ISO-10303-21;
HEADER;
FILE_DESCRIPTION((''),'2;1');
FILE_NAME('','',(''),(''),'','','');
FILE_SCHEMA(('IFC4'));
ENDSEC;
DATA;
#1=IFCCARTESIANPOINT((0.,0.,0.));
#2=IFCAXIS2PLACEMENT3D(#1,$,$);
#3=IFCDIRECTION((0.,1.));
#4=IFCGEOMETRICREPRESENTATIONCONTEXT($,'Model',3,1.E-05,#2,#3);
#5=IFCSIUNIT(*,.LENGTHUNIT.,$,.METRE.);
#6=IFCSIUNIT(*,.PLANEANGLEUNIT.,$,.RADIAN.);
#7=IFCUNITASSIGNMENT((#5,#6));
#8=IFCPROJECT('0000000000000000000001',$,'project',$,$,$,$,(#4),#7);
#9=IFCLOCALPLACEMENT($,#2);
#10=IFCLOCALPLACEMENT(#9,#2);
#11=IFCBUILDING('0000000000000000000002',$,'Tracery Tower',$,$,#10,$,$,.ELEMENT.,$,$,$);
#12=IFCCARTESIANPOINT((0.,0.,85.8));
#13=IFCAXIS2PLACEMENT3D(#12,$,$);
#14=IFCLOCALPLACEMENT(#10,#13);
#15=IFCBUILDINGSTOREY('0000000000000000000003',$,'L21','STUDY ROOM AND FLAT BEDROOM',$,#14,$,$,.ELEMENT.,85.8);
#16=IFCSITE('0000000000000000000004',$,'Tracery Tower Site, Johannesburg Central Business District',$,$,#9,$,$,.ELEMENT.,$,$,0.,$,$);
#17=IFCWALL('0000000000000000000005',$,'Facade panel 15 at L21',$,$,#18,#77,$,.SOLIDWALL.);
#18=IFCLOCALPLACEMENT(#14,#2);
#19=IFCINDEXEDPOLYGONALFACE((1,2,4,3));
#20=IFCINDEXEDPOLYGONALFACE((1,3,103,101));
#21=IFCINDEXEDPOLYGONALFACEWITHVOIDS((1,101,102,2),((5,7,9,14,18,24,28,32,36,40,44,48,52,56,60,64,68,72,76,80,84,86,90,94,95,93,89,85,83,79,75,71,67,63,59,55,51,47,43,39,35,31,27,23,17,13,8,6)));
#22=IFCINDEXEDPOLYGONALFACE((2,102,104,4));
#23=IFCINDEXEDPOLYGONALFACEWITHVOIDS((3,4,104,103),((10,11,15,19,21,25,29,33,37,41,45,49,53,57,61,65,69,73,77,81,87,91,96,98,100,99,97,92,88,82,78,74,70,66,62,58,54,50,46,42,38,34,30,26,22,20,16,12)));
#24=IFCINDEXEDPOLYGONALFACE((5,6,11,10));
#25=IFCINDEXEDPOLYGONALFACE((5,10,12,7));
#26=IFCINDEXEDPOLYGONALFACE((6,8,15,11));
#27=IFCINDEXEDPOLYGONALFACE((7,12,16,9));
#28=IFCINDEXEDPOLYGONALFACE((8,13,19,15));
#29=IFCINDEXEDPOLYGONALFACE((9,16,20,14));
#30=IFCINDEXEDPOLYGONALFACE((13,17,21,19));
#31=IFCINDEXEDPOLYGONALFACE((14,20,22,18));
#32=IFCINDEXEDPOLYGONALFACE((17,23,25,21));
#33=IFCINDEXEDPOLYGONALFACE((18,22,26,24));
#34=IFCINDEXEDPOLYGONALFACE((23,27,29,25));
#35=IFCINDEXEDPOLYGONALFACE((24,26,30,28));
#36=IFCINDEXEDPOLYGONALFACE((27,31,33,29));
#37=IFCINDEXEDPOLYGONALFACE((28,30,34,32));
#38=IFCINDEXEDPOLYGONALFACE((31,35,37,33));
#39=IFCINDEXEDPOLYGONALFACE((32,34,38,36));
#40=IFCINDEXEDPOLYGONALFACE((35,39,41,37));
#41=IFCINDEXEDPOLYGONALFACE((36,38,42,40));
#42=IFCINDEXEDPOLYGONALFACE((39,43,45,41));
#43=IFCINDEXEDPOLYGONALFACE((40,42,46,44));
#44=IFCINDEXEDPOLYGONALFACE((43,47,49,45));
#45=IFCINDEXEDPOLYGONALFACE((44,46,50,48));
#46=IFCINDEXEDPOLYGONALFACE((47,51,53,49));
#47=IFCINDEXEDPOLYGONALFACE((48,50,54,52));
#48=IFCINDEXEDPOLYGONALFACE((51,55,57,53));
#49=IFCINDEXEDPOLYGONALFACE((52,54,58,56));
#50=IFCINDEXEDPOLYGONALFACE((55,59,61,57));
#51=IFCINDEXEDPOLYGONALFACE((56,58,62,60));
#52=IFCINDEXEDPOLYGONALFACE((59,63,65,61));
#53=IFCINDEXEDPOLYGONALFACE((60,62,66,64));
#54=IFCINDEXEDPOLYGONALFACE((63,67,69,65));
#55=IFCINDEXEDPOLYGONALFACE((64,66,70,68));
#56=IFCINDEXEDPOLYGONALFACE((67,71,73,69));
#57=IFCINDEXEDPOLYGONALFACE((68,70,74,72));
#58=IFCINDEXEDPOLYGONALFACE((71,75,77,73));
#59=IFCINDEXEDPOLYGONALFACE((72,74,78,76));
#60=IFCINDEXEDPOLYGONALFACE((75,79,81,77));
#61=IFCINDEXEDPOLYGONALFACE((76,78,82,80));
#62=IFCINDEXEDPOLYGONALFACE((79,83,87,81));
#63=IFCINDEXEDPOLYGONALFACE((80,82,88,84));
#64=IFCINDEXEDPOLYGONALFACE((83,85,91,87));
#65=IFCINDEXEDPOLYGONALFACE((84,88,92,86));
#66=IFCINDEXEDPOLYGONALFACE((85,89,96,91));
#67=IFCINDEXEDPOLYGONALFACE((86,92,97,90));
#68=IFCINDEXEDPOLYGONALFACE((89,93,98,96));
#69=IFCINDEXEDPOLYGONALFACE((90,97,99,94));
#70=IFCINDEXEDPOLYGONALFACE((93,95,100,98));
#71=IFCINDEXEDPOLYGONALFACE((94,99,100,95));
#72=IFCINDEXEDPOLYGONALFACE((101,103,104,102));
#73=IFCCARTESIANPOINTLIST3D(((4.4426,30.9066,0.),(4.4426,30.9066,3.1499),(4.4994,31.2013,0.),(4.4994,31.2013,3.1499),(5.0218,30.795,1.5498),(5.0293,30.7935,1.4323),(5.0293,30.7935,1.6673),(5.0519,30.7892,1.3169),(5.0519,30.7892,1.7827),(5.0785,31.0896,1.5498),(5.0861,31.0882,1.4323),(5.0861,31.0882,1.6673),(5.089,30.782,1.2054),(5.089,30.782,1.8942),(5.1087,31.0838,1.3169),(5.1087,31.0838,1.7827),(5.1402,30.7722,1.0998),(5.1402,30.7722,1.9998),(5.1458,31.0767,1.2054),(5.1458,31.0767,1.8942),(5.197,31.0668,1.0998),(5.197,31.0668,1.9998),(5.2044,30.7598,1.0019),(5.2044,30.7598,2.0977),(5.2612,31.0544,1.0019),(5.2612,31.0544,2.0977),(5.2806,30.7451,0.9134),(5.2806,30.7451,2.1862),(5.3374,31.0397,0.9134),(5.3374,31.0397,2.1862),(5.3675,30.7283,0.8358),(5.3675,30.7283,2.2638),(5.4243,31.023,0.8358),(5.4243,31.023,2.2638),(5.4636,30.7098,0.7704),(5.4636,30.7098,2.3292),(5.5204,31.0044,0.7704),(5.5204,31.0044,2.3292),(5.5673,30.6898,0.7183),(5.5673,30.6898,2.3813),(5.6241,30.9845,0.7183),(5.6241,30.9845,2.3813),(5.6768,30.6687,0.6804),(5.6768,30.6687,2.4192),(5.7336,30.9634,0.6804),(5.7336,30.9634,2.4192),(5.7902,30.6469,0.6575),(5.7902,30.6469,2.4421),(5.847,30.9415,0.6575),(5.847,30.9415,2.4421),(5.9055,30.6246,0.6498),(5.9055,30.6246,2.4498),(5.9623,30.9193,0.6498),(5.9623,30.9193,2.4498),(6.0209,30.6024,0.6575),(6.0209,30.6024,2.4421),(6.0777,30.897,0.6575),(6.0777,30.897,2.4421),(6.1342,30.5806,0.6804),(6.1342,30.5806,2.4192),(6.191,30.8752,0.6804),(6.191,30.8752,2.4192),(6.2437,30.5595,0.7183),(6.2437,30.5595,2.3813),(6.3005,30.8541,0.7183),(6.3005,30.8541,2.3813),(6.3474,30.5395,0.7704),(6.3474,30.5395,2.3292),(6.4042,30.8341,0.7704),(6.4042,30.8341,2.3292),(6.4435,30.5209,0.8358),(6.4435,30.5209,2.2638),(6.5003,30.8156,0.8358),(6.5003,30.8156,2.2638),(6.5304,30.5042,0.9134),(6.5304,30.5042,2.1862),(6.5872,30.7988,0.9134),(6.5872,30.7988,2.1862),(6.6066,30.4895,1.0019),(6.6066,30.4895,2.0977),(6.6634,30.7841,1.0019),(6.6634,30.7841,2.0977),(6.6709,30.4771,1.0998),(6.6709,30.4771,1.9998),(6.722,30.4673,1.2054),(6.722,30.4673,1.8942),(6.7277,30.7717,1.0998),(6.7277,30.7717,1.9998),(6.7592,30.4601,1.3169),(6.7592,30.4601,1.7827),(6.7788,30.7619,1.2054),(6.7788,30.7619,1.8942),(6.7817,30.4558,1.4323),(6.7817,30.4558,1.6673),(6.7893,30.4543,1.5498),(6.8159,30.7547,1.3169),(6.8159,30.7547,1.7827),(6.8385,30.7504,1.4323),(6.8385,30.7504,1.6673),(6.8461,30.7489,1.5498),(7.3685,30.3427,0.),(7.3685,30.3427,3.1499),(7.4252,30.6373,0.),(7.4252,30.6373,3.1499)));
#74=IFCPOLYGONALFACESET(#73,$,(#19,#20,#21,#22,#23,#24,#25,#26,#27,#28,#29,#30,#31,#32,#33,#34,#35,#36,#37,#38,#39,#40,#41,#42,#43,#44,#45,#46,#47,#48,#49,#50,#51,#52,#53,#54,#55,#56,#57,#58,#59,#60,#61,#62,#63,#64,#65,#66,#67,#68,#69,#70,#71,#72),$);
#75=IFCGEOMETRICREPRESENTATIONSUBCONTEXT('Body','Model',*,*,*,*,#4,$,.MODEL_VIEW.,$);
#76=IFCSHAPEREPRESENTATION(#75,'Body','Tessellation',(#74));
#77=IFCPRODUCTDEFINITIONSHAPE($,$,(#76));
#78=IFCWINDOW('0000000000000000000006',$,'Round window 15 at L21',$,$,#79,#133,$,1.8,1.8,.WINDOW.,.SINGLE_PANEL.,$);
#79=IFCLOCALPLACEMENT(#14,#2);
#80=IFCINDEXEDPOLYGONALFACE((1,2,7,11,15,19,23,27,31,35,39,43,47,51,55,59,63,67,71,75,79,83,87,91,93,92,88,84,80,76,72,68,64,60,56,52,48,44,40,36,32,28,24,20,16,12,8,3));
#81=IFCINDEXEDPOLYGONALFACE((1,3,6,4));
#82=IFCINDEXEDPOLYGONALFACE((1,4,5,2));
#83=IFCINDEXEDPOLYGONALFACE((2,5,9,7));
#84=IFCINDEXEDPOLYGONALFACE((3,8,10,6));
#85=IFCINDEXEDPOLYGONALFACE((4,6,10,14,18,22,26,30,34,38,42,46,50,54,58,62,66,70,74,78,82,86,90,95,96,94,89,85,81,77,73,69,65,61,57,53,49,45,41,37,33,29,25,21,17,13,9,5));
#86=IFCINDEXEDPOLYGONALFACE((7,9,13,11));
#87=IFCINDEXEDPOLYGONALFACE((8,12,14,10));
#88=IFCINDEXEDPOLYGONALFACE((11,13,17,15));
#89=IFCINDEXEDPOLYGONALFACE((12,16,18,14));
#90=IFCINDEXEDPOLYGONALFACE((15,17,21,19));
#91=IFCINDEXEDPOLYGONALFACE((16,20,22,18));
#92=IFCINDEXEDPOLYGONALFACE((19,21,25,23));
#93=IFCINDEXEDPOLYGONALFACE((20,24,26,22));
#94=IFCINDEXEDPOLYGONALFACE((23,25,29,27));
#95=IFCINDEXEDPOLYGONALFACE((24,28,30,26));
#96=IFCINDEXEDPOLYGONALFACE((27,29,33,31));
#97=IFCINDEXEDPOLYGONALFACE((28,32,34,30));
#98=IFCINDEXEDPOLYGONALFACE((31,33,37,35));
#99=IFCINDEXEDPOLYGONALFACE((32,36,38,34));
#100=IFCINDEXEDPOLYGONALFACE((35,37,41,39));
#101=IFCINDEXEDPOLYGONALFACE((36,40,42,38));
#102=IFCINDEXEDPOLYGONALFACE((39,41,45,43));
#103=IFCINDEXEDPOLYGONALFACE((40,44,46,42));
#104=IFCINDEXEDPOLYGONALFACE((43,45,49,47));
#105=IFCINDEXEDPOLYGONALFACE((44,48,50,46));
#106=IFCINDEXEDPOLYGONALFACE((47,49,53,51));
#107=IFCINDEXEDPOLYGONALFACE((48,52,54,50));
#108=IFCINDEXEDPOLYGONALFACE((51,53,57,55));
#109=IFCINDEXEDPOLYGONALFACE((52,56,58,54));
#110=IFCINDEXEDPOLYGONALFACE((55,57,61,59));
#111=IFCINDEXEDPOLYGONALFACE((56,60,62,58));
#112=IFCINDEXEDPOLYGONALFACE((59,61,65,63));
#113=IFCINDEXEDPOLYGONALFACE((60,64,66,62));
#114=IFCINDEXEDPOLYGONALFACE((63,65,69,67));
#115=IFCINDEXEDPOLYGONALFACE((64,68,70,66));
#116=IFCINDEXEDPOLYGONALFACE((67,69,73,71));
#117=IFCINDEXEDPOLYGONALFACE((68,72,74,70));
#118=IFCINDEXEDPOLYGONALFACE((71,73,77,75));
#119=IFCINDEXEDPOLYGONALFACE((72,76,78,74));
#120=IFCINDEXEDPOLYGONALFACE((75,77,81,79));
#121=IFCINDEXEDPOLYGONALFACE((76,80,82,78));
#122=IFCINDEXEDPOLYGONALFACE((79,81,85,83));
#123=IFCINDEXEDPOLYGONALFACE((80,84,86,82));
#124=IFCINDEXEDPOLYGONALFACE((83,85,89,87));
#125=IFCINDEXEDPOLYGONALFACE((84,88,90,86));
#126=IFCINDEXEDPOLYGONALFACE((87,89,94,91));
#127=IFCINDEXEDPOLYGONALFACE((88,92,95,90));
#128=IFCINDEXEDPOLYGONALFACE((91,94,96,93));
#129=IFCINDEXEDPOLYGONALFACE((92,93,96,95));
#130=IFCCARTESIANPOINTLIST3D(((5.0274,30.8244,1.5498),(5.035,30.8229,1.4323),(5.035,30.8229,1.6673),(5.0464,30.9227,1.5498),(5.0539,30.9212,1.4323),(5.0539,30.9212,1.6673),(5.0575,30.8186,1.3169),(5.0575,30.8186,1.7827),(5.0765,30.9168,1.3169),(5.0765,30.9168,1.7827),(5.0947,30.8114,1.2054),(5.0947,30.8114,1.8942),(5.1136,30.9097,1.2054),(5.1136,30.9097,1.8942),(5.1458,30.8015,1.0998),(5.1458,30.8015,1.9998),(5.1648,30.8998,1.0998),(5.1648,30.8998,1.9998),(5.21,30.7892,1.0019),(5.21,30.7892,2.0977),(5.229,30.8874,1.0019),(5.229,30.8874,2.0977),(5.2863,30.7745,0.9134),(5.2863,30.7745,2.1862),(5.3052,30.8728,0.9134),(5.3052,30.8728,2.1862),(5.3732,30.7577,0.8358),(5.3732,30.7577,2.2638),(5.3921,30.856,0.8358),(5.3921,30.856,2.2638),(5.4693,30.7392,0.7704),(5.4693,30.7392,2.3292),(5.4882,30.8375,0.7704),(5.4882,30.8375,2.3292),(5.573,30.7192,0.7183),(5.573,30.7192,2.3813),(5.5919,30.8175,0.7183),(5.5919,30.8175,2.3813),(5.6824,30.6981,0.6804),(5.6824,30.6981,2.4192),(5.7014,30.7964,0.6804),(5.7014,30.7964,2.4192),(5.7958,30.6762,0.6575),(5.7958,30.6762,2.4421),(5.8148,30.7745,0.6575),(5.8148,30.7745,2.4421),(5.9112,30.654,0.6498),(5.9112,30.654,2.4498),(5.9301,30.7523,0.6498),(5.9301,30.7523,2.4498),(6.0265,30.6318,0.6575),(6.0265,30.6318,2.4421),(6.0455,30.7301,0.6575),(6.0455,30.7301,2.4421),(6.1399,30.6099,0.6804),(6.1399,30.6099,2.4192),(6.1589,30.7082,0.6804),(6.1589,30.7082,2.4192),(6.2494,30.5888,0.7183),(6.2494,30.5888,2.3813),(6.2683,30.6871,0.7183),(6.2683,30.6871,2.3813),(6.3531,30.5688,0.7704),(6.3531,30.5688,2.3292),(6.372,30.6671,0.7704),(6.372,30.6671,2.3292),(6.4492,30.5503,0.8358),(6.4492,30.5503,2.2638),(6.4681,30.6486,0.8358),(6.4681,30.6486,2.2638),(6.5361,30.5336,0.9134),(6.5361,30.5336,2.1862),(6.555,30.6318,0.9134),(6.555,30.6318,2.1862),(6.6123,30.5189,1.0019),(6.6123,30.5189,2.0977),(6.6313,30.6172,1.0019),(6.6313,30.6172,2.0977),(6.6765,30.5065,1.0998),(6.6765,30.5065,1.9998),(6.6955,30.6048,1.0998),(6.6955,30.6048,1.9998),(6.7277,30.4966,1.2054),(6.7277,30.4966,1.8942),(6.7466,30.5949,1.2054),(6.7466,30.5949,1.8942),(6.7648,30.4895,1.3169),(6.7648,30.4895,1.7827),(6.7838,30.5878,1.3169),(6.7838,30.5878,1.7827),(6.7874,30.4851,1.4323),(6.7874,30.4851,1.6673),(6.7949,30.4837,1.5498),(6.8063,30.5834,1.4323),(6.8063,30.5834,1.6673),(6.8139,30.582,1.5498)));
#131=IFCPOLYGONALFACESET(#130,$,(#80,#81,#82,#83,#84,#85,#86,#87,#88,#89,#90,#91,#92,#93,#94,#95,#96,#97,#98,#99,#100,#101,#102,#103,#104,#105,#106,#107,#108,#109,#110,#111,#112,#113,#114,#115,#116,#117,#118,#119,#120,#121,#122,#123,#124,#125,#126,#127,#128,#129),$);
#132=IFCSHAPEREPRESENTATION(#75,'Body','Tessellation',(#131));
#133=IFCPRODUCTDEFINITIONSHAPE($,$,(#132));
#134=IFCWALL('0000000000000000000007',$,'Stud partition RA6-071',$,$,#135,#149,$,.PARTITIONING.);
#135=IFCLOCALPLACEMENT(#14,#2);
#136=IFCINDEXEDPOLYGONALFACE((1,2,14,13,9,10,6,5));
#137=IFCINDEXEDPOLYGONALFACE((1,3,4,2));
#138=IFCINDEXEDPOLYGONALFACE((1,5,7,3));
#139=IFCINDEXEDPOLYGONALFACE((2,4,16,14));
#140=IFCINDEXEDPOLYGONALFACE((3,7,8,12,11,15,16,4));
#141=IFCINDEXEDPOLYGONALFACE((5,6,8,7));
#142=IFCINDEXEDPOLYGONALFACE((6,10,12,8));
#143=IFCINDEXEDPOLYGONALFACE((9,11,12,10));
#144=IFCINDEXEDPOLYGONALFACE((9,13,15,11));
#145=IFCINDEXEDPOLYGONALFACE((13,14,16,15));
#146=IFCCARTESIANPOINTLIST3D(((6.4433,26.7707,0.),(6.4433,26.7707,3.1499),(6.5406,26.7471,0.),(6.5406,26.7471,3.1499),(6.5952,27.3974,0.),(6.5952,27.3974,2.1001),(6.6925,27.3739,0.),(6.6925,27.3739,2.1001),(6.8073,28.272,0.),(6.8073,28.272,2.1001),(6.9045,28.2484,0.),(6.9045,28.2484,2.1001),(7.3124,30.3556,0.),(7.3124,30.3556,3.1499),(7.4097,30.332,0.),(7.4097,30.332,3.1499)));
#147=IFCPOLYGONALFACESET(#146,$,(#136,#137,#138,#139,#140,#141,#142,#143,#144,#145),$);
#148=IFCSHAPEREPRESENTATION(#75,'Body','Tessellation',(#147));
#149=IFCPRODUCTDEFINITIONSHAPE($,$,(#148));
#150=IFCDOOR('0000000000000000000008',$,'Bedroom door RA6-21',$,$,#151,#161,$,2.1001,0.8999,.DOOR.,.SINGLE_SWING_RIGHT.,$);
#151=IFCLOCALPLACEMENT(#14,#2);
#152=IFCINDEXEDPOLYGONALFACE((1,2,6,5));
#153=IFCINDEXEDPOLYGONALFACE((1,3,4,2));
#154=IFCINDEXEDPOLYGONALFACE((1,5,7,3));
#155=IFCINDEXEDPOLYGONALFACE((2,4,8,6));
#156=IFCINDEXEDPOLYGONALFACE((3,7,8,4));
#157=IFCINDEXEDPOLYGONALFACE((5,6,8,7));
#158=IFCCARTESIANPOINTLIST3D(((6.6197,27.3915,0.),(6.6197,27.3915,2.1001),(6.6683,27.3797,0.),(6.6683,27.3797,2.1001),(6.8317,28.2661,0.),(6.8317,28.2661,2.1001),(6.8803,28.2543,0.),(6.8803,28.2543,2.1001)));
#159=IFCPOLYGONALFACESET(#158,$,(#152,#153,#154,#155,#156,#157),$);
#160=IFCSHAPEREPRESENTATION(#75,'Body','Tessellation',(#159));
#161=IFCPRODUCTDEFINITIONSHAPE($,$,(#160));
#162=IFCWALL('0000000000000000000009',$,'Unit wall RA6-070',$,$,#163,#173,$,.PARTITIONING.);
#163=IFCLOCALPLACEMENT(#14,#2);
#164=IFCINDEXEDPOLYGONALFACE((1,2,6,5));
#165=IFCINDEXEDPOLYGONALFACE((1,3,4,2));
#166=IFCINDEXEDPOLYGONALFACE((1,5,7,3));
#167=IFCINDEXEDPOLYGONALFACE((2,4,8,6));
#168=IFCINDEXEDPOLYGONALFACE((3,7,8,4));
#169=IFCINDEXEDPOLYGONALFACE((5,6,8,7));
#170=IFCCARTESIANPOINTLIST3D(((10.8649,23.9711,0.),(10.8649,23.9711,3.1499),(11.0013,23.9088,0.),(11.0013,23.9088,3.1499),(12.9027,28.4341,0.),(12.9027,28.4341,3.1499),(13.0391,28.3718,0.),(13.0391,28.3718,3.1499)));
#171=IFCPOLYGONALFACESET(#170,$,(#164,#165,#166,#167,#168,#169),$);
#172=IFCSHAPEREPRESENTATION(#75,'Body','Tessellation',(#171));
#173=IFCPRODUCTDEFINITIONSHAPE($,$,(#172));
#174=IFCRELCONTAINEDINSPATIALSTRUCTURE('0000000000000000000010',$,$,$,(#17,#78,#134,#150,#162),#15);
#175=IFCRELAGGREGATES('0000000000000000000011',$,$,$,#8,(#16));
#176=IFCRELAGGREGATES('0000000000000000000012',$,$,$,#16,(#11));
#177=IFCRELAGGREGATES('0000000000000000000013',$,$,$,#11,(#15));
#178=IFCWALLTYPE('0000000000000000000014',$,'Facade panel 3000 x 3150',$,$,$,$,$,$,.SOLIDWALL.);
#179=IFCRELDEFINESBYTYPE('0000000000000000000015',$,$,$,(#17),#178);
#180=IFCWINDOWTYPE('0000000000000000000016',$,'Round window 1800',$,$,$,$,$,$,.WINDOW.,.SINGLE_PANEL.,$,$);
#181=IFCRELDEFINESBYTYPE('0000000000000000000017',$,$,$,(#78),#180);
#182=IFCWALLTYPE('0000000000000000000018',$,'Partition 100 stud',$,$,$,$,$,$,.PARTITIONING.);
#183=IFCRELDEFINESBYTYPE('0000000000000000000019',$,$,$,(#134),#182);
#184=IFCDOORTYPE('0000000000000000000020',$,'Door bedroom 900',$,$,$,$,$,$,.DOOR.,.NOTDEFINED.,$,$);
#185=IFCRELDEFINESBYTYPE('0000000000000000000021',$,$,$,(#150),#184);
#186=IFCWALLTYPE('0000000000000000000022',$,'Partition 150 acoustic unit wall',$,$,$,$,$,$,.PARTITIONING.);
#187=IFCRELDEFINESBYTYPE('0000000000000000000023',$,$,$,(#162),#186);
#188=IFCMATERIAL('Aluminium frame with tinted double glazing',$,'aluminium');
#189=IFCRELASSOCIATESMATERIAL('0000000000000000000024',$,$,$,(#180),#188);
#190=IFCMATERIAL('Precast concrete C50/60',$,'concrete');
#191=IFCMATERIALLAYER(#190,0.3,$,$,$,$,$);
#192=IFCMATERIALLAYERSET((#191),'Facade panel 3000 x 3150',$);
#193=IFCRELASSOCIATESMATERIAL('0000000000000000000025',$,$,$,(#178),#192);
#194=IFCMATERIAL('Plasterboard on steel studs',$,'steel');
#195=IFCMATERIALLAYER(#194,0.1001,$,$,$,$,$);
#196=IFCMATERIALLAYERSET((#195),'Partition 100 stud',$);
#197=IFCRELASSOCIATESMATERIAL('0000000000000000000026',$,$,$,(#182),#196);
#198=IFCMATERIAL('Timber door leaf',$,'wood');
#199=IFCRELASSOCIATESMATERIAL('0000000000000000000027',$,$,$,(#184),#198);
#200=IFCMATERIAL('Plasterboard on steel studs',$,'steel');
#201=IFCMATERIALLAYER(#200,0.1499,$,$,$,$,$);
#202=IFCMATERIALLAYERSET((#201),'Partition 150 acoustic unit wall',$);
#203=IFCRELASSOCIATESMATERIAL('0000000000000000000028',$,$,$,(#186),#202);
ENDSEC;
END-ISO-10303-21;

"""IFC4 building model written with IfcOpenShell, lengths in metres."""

from ifc_helpers import new_model, si_unit, direction, frame, frame_2d, origin, origin_2d, place, context, subcontext, project, spatial, rectangle, circle, extrude, material, layer, layer_set, type_object, element, fill, save


model = new_model("IFC4")

# Units and contexts
model_context = context("Model", 3, precision=1e-05, world=origin(), true_north=direction((0.0, 1.0)))
body_context = subcontext(model_context, "Body", "Model", "MODEL_VIEW")
ifc_project = project(units=[si_unit("LENGTHUNIT", "METRE"), si_unit("PLANEANGLEUNIT", "RADIAN")], contexts=[model_context])

# Site, building, storey
site_placement = place(None, origin())
site = spatial("IfcSite", under=ifc_project, at=site_placement, Name="Tracery Tower Site, Johannesburg Central Business District", CompositionType="ELEMENT", RefElevation=0.0)
building_placement = place(site_placement, origin())
building = spatial("IfcBuilding", under=site, at=building_placement, Name="Tracery Tower", CompositionType="ELEMENT")
storey_placement = place(building_placement, frame((0.0, 0.0, 85.8)))
storey = spatial("IfcBuildingStorey", under=building, at=storey_placement, Name="L21", Description="STUDY ROOM AND FLAT BEDROOM", CompositionType="ELEMENT", Elevation=85.8)

# Wall, opening, window
ifc_material_1 = material(Name="Aluminium frame with tinted double glazing", Category="aluminium")
window_type = type_object("IfcWindowType", Name="Round window 1800", PartitioningType="SINGLE_PANEL", PredefinedType="WINDOW", material=ifc_material_1)
ifc_material_2 = material(Name="Precast concrete C50/60", Category="concrete")
ifc_layer_1 = layer(ifc_material_2, 0.3)
ifc_layer_set_1 = layer_set([ifc_layer_1], Name="Facade panel 3000 x 3150")
wall_type_1 = type_object("IfcWallType", Name="Facade panel 3000 x 3150", PredefinedType="SOLIDWALL", material=ifc_layer_set_1)
wall_1_placement = place(storey_placement, frame((7.3967, 30.49, 0.0), z_axis=(0.0, 0.0, 1.0), x_axis=(-0.981925, 0.189273, 0.0)))
wall_1 = element("IfcWall", 1, at=wall_1_placement, inside=storey, type_object=wall_type_1, Name="Facade panel 15 at L21", PredefinedType="SOLIDWALL", context=body_context, shape_type="SweptSolid", body=[
    extrude(rectangle(XDim=2.9797, YDim=0.3, at=frame_2d((1.4897, 0.0))), origin(), (0.0, 0.0, 1.0), 3.1499),
])
opening_1_placement = place(wall_1_placement, frame((1.4897, 0.0, 1.5498)))
opening_1 = element("IfcOpeningElement", 2, at=opening_1_placement, cuts=wall_1, PredefinedType="OPENING", context=body_context, shape_type="SweptSolid", body=[
    extrude(circle(Radius=0.9, at=origin_2d()), frame((0.0, 0.1599, 0.0), z_axis=(0.0, -1.0, 0.0), x_axis=(1.0, 0.0, 0.0)), (0.0, 0.0, 1.0), 0.3201),
])
window_1_placement = place(opening_1_placement, origin())
window_1 = element("IfcWindow", 3, at=window_1_placement, inside=storey, type_object=window_type, Name="Round window 15 at L21", OverallHeight=1.8, OverallWidth=1.8, PartitioningType="SINGLE_PANEL", PredefinedType="WINDOW", context=body_context, shape_type="SweptSolid", body=[
    extrude(circle(Radius=0.9, at=origin_2d()), frame((0.0, 0.1201, 0.0), z_axis=(0.0, -1.0, 0.0), x_axis=(1.0, 0.0, 0.0)), (0.0, 0.0, 1.0), 0.1001),
])
fill(opening_1, window_1)

# Wall, opening, door
ifc_material_3 = material(Name="Plasterboard on steel studs", Category="steel")
ifc_layer_2 = layer(ifc_material_3, 0.1001)
ifc_layer_set_2 = layer_set([ifc_layer_2], Name="Partition 100 stud")
wall_type_2 = type_object("IfcWallType", Name="Partition 100 stud", PredefinedType="PARTITIONING", material=ifc_layer_set_2)
wall_2_placement = place(storey_placement, frame((6.4919, 26.759, 0.0), z_axis=(0.0, 0.0, 1.0), x_axis=(0.235615, 0.971846, 0.0)))
wall_2 = element("IfcWall", 4, at=wall_2_placement, inside=storey, type_object=wall_type_2, Name="Stud partition RA6-071", PredefinedType="PARTITIONING", context=body_context, shape_type="SweptSolid", body=[
    extrude(rectangle(XDim=3.6887, YDim=0.1001, at=frame_2d((1.8442, 0.0))), origin(), (0.0, 0.0, 1.0), 3.1499),
])
opening_2_placement = place(wall_2_placement, frame((0.6448, 0.0, 0.0)))
opening_2 = element("IfcOpeningElement", 5, at=opening_2_placement, cuts=wall_2, PredefinedType="OPENING", context=body_context, shape_type="SweptSolid", body=[
    extrude(rectangle(XDim=0.8999, YDim=2.1001, at=frame_2d((0.45, 1.05))), frame((0.0, 0.05, 0.0), z_axis=(0.0, -1.0, 0.0), x_axis=(1.0, 0.0, 0.0)), (0.0, 0.0, 1.0), 0.1001),
])
ifc_material_4 = material(Name="Timber door leaf", Category="wood")
door_type_1 = type_object("IfcDoorType", Name="Door bedroom 900", OperationType="NOTDEFINED", PredefinedType="DOOR", material=ifc_material_4)
door_1_placement = place(opening_2_placement, origin())
door_1 = element("IfcDoor", 6, at=door_1_placement, inside=storey, type_object=door_type_1, Name="Bedroom door RA6-21", OperationType="SINGLE_SWING_RIGHT", OverallHeight=2.1001, OverallWidth=0.8999, PredefinedType="DOOR", context=body_context, shape_type="SweptSolid", body=[
    extrude(rectangle(XDim=0.8999, YDim=2.1001, at=frame_2d((0.45, 1.05))), frame((0.0, 0.0249, 0.0), z_axis=(0.0, -1.0, 0.0), x_axis=(1.0, 0.0, 0.0)), (0.0, 0.0, 1.0), 0.05),
])
fill(opening_2, door_1)

# Wall
ifc_material_5 = material(Name="Plasterboard on steel studs", Category="steel")
ifc_layer_3 = layer(ifc_material_5, 0.1499)
ifc_layer_set_3 = layer_set([ifc_layer_3], Name="Partition 150 acoustic unit wall")
wall_type_3 = type_object("IfcWallType", Name="Partition 150 acoustic unit wall", PredefinedType="PARTITIONING", material=ifc_layer_set_3)
wall_3_placement = place(storey_placement, frame((10.9331, 23.9399, 0.0), z_axis=(0.0, 0.0, 1.0), x_axis=(0.415347, 0.909663, 0.0)))
element("IfcWall", 7, at=wall_3_placement, inside=storey, type_object=wall_type_3, Name="Unit wall RA6-070", PredefinedType="PARTITIONING", context=body_context, shape_type="SweptSolid", body=[
    extrude(rectangle(XDim=4.9062, YDim=0.1499, at=frame_2d((2.4531, 0.0))), origin(), (0.0, 0.0, 1.0), 3.1499),
])

save(model, "model.ifc")
